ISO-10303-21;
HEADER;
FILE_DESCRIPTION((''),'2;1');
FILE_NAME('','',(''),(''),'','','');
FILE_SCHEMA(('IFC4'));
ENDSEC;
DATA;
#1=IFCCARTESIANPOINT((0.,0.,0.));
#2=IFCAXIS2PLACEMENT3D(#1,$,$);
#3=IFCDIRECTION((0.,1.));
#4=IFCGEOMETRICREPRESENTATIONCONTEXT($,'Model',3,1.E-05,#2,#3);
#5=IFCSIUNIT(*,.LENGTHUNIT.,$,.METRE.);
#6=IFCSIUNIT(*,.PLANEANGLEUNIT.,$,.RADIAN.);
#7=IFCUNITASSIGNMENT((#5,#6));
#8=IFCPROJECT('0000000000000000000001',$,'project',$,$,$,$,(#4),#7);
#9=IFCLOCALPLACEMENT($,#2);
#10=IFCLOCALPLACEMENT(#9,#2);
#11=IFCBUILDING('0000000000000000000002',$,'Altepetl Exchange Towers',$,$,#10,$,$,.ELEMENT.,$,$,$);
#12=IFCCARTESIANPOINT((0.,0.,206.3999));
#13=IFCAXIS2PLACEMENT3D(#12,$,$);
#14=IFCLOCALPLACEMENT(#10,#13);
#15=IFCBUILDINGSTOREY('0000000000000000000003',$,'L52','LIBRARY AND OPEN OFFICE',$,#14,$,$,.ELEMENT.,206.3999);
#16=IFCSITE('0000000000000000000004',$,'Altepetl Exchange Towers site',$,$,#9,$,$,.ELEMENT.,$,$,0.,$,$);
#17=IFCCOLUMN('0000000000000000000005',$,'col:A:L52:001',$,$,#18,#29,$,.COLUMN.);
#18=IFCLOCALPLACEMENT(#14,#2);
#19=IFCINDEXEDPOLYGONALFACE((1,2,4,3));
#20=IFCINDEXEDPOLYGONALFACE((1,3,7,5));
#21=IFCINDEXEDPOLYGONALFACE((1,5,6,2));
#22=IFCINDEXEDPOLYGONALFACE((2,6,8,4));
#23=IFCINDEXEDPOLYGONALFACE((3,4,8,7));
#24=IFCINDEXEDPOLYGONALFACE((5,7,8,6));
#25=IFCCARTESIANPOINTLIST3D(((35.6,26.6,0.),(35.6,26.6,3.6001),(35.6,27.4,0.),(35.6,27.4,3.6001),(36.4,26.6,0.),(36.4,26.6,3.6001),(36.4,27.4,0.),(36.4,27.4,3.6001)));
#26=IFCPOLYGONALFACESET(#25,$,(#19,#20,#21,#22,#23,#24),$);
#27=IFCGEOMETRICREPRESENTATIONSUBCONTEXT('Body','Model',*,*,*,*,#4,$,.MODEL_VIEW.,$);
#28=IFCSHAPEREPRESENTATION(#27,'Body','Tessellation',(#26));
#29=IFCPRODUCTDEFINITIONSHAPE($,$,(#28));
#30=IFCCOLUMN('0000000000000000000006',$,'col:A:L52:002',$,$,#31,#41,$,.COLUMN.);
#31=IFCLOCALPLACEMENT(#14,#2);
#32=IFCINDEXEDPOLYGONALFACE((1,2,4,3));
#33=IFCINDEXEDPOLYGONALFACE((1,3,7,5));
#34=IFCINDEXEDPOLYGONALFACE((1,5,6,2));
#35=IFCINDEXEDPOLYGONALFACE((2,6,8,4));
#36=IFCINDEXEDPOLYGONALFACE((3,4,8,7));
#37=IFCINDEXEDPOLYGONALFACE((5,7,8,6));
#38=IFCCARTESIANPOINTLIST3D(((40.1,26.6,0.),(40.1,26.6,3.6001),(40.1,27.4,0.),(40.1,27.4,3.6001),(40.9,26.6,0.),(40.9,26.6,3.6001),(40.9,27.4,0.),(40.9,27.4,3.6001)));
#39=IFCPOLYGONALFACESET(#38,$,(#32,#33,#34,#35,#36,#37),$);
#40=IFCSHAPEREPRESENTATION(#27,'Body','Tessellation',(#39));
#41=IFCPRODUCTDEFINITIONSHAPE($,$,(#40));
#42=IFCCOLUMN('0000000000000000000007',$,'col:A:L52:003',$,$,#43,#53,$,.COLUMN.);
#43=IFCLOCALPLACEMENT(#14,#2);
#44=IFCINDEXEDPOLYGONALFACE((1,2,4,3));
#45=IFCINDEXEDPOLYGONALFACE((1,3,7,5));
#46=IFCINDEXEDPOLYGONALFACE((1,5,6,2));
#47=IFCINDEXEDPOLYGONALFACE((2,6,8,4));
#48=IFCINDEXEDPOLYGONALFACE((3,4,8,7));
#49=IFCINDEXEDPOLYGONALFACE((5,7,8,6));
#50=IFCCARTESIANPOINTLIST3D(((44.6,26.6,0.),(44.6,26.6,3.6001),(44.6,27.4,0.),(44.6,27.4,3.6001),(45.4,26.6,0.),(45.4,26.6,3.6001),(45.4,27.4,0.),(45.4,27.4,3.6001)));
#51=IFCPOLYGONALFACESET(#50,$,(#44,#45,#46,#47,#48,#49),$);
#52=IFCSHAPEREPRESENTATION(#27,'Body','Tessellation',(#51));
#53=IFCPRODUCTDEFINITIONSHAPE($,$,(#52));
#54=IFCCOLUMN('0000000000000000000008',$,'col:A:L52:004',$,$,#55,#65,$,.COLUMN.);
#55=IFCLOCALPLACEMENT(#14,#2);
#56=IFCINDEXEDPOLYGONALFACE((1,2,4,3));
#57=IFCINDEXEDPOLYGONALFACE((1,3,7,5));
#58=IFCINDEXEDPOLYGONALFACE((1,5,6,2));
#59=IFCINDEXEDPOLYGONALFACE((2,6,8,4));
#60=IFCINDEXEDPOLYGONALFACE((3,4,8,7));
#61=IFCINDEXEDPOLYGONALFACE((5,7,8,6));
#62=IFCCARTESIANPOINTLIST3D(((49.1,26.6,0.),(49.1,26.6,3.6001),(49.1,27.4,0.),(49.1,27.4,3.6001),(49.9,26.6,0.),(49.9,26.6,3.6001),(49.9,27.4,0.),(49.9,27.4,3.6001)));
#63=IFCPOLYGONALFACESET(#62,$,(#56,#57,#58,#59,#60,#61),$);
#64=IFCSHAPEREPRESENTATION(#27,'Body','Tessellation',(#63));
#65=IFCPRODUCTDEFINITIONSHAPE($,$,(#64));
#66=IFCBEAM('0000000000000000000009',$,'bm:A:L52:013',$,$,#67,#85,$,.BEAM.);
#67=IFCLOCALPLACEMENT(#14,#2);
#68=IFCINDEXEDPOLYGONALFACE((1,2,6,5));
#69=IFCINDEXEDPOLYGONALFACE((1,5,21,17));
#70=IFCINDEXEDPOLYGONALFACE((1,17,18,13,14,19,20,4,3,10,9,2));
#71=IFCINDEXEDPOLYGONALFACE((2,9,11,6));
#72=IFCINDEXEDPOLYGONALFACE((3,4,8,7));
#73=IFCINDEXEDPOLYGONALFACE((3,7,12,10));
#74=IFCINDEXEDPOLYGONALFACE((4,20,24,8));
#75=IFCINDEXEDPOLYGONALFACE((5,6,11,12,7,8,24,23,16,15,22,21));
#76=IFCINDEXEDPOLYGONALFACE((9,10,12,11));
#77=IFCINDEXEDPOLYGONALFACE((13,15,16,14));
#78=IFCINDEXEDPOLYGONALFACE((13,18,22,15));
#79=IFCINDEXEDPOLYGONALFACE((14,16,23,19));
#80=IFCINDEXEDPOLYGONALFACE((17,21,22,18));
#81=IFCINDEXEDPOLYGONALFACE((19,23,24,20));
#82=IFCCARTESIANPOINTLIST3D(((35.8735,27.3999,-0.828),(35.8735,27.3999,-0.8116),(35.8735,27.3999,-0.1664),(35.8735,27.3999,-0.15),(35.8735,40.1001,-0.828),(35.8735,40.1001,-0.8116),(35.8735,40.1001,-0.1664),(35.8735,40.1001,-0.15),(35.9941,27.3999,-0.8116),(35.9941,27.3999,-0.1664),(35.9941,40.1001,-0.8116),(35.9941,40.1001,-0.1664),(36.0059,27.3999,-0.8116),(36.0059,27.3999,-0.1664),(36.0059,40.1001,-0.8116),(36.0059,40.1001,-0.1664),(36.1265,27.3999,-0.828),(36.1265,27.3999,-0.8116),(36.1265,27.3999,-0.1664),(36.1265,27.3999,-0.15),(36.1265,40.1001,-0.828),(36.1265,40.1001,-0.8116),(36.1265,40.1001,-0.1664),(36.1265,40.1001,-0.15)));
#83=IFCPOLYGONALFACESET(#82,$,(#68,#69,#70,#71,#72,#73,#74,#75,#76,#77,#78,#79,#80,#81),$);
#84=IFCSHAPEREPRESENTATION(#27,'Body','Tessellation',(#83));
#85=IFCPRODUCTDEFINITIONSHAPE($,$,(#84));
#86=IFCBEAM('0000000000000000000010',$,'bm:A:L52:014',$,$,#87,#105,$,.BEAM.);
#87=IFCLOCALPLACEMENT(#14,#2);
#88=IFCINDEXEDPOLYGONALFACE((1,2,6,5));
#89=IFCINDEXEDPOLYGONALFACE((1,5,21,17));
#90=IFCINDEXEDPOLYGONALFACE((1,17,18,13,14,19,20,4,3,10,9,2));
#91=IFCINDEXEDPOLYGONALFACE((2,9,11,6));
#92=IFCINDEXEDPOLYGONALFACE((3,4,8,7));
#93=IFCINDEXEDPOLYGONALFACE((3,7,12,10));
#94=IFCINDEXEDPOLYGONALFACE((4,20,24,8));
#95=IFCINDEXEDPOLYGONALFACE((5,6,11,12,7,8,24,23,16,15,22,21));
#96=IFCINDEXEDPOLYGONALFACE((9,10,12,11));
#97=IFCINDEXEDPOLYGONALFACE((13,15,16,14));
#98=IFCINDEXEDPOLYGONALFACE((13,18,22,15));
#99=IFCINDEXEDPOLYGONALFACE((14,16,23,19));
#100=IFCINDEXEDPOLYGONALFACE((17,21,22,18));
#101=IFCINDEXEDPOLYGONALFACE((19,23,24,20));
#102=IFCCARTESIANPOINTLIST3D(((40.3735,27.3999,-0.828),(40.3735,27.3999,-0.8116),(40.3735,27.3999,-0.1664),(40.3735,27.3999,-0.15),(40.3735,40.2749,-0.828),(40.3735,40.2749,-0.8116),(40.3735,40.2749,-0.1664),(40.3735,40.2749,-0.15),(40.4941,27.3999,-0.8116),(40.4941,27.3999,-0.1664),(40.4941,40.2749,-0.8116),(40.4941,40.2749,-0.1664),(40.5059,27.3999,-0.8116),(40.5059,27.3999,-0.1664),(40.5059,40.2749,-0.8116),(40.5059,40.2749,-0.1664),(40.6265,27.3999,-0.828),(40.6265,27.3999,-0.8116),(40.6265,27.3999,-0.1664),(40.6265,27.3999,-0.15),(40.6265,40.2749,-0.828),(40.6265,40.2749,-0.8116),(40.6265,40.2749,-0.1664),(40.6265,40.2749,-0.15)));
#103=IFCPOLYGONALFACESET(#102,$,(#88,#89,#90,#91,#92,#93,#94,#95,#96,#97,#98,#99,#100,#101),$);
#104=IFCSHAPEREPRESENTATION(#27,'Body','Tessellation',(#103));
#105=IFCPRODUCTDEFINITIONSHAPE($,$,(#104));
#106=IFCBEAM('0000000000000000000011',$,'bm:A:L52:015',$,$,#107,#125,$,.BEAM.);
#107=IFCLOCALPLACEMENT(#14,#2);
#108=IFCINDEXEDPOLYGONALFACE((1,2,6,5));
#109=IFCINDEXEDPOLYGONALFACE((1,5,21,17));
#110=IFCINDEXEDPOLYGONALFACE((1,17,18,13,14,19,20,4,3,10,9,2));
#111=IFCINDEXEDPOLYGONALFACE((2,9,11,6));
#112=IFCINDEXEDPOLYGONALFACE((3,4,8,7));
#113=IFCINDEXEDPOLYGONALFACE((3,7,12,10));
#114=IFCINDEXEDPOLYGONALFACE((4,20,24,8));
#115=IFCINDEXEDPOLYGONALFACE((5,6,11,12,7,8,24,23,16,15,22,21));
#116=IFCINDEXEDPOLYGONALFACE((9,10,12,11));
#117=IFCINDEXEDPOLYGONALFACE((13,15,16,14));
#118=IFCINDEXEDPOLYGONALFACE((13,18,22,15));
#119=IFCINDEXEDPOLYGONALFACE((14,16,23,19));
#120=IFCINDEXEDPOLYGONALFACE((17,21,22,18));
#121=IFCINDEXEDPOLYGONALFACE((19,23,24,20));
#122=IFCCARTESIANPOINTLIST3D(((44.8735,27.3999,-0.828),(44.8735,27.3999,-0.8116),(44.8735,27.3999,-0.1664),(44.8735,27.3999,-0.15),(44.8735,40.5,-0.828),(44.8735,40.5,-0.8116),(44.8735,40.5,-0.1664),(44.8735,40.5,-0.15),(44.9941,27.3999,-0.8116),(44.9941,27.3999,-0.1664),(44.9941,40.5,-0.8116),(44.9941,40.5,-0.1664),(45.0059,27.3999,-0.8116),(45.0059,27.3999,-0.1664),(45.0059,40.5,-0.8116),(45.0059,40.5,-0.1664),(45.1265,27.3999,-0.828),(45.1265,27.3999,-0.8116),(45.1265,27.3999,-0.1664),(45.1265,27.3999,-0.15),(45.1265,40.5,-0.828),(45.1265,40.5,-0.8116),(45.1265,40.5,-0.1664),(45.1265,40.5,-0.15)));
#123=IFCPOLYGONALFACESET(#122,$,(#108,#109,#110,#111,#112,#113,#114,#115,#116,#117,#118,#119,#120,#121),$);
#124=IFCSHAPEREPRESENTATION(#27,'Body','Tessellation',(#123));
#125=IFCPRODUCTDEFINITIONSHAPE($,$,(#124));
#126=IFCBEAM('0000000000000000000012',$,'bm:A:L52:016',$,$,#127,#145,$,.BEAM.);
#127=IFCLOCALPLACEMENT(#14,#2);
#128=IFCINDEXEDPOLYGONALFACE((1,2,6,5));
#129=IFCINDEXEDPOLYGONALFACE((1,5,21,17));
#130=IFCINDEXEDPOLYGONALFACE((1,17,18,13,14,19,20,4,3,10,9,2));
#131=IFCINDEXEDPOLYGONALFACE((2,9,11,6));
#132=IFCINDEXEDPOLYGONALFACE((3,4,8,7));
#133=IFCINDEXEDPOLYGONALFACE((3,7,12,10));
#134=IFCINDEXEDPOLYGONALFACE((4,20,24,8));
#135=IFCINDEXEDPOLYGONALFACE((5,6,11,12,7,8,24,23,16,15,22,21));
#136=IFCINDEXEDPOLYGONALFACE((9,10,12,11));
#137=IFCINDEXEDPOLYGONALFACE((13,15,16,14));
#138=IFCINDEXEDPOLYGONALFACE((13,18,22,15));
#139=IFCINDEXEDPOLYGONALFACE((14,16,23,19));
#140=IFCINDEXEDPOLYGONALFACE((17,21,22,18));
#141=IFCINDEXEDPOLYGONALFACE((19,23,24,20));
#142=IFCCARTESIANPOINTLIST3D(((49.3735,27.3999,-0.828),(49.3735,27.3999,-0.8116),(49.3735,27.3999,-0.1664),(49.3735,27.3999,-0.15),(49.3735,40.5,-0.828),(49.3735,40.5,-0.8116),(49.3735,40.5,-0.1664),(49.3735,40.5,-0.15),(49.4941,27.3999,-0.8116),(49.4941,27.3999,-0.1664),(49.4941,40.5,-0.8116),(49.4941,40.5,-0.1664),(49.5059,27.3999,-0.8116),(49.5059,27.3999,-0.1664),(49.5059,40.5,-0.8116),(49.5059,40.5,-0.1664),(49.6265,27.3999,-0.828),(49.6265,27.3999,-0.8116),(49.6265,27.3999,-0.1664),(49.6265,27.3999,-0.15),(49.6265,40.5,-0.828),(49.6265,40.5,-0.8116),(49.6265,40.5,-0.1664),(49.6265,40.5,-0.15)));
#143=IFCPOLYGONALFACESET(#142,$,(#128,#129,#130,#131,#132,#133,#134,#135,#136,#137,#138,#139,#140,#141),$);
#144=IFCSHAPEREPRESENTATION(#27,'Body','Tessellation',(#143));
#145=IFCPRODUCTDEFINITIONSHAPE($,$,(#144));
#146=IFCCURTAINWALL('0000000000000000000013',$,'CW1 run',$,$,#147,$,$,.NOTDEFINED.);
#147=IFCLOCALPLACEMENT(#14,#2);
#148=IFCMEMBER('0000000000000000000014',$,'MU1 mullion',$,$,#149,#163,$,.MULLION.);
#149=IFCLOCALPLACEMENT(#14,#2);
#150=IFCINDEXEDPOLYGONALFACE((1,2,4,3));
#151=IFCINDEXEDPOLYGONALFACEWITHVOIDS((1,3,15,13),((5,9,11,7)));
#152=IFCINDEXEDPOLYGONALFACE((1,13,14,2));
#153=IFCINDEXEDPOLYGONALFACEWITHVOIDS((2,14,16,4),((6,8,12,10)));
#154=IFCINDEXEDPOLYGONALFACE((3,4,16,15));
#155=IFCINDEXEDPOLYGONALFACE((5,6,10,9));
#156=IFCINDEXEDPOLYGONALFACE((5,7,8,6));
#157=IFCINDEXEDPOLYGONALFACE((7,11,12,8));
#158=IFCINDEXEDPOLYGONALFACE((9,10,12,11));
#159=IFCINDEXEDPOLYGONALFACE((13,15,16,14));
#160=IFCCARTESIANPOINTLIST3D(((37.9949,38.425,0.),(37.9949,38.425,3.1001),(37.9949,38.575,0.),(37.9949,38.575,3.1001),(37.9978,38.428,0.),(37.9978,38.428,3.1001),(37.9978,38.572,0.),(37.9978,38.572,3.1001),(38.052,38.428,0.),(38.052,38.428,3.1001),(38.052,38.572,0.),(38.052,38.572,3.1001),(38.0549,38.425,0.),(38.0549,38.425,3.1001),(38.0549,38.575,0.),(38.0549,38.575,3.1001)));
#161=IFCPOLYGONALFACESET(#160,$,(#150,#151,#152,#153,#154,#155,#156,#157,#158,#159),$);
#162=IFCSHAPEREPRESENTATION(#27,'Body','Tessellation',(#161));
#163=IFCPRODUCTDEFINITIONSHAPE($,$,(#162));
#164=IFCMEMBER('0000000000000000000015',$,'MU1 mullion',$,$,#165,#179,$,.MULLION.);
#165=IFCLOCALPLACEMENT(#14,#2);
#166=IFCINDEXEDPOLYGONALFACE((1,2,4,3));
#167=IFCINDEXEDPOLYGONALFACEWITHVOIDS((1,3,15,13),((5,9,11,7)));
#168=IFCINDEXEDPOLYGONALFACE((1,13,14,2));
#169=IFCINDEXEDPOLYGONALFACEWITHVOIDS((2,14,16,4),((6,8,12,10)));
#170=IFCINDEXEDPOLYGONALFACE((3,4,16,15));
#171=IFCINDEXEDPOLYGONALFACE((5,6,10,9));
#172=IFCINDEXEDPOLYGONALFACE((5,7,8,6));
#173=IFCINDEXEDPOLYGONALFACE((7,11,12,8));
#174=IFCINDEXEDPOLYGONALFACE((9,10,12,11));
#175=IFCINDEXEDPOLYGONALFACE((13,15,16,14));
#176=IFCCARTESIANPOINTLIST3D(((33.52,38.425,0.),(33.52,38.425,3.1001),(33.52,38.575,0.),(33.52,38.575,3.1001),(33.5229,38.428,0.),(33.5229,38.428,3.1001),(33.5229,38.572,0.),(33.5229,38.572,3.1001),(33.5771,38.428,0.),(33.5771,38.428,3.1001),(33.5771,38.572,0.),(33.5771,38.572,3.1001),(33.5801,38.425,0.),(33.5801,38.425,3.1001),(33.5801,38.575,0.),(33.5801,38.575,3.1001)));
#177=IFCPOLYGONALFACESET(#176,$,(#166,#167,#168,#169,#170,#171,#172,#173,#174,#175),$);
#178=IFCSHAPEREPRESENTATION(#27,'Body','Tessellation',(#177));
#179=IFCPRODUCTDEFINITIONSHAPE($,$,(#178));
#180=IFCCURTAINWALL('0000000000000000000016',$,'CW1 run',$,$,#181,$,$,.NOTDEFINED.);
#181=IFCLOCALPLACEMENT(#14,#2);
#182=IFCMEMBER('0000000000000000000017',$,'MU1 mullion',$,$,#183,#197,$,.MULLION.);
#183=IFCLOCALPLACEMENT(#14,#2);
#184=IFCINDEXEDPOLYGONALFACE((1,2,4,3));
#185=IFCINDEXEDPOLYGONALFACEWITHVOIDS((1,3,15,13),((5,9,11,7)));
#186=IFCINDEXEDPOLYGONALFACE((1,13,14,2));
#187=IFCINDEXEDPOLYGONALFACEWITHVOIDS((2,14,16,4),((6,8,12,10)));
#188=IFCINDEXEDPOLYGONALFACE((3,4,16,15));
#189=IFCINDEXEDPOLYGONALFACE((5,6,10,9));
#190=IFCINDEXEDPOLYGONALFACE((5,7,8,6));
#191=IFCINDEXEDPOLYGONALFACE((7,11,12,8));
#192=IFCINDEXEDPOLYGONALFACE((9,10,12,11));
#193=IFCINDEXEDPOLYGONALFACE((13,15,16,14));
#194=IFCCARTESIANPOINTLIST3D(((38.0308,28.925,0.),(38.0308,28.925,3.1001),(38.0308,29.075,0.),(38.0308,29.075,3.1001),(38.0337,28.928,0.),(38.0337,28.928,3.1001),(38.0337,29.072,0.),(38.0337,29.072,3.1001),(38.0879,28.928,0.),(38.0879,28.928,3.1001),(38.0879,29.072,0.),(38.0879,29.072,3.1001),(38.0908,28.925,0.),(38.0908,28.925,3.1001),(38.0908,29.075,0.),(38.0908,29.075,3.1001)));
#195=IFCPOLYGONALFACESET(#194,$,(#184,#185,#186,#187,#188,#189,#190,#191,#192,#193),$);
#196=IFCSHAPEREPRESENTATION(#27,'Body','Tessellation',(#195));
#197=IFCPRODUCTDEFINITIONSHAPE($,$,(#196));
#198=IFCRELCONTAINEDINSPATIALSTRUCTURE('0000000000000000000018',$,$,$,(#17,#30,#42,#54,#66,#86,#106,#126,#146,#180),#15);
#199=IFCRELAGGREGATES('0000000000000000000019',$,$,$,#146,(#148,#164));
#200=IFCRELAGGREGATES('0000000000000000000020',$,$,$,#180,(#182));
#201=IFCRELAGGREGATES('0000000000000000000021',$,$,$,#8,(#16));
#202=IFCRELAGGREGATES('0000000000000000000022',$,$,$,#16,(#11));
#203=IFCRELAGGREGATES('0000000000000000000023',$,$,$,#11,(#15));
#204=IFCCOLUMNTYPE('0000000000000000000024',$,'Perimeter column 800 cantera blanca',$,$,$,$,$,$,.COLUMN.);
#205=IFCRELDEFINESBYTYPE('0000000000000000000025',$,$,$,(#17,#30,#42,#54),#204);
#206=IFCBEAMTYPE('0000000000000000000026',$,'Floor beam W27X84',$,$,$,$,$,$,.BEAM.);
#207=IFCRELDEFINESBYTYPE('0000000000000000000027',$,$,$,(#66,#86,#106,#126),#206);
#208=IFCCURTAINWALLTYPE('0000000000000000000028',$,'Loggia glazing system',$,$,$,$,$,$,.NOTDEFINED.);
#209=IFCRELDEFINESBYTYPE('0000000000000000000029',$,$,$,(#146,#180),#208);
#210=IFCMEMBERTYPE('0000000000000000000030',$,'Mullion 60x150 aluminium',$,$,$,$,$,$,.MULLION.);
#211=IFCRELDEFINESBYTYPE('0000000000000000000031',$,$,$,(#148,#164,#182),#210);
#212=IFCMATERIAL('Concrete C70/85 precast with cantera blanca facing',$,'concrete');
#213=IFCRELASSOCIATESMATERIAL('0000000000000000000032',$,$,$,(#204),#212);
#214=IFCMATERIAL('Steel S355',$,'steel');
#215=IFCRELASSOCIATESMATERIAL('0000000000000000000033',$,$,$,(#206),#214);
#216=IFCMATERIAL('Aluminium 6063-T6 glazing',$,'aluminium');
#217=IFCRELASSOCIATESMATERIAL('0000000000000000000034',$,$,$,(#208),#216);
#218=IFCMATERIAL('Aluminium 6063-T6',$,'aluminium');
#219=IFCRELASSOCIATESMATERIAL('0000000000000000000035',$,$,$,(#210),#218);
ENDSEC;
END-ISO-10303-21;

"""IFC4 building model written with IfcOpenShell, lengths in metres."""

from ifc_helpers import new_model, si_unit, direction, frame, origin, origin_2d, place, context, subcontext, project, spatial, rectangle, hollow_rectangle, i_section, extrude, material, material_profile, profile_set, type_object, element, aggregate, save


model = new_model("IFC4")

# Units and contexts
model_context = context("Model", 3, precision=1e-05, world=origin(), true_north=direction((0.0, 1.0)))
body_context = subcontext(model_context, "Body", "Model", "MODEL_VIEW")
ifc_project = project(units=[si_unit("LENGTHUNIT", "METRE"), si_unit("PLANEANGLEUNIT", "RADIAN")], contexts=[model_context])

# Site, building, storey
site_placement = place(None, origin())
site = spatial("IfcSite", under=ifc_project, at=site_placement, Name="Altepetl Exchange Towers site", CompositionType="ELEMENT", RefElevation=0.0)
building_placement = place(site_placement, origin())
building = spatial("IfcBuilding", under=site, at=building_placement, Name="Altepetl Exchange Towers", CompositionType="ELEMENT")
storey_placement = place(building_placement, frame((0.0, 0.0, 206.3999)))
storey = spatial("IfcBuildingStorey", under=building, at=storey_placement, Name="L52", Description="LIBRARY AND OPEN OFFICE", CompositionType="ELEMENT", Elevation=206.3999)

# Columns
ifc_material_1 = material(Name="Concrete C70/85 precast with cantera blanca facing", Category="concrete")
ifc_material_profile_1 = material_profile(ifc_material_1, rectangle(XDim=0.8, YDim=0.8, at=origin_2d()), Name="800 x 800")
ifc_profile_set_1 = profile_set([ifc_material_profile_1], Name="Concrete C70/85 precast with cantera blanca facing")
column_type = type_object("IfcColumnType", Name="Perimeter column 800 cantera blanca", PredefinedType="COLUMN", material=ifc_profile_set_1)
for number, where, name in (
    (1, (36.0, 27.0, 0.0), "col:A:L52:001"),
    (2, (40.5, 27.0, 0.0), "col:A:L52:002"),
    (3, (45.0, 27.0, 0.0), "col:A:L52:003"),
    (4, (49.5, 27.0, 0.0), "col:A:L52:004"),
):
    element("IfcColumn", number, at=place(storey_placement, frame(where)), inside=storey, type_object=column_type, Name=name, PredefinedType="COLUMN", context=body_context, shape_type="SweptSolid", body=[
        extrude(rectangle(XDim=0.8, YDim=0.8, at=origin_2d()), origin(), (0.0, 0.0, 1.0), 3.6001),
    ])

# Beams
ifc_material_2 = material(Name="Steel S355", Category="steel")
ifc_material_profile_2 = material_profile(ifc_material_2, i_section(OverallWidth=0.2529, OverallDepth=0.678, WebThickness=0.0117, FlangeThickness=0.0164, at=origin_2d()), Name="W27X84")
ifc_profile_set_2 = profile_set([ifc_material_profile_2], Name="Steel S355")
beam_type_1 = type_object("IfcBeamType", Name="Floor beam W27X84", PredefinedType="BEAM", material=ifc_profile_set_2)
beam_1_placement = place(storey_placement, frame((36.0, 27.3999, -0.489), z_axis=(0.0, 1.0, 0.0), x_axis=(-1.0, 0.0, 0.0)))
element("IfcBeam", 5, at=beam_1_placement, inside=storey, type_object=beam_type_1, Name="bm:A:L52:013", PredefinedType="BEAM", context=body_context, shape_type="SweptSolid", body=[
    extrude(i_section(OverallWidth=0.2529, OverallDepth=0.678, WebThickness=0.0117, FlangeThickness=0.0164, at=origin_2d()), origin(), (0.0, 0.0, 1.0), 12.7002),
])
beam_2_placement = place(storey_placement, frame((40.5, 27.3999, -0.489), z_axis=(0.0, 1.0, 0.0), x_axis=(-1.0, 0.0, 0.0)))
element("IfcBeam", 6, at=beam_2_placement, inside=storey, type_object=beam_type_1, Name="bm:A:L52:014", PredefinedType="BEAM", context=body_context, shape_type="SweptSolid", body=[
    extrude(i_section(OverallWidth=0.2529, OverallDepth=0.678, WebThickness=0.0117, FlangeThickness=0.0164, at=origin_2d()), origin(), (0.0, 0.0, 1.0), 12.875),
])
for number, where, z_axis, x_axis, name in (
    (7, (45.0, 27.3999, -0.489), (0.0, 1.0, 0.0), (-1.0, 0.0, 0.0), "bm:A:L52:015"),
    (8, (49.5, 27.3999, -0.489), (0.0, 1.0, 0.0), (-1.0, 0.0, 0.0), "bm:A:L52:016"),
):
    element("IfcBeam", number, at=place(storey_placement, frame(where, z_axis=z_axis, x_axis=x_axis)), inside=storey, type_object=beam_type_1, Name=name, PredefinedType="BEAM", context=body_context, shape_type="SweptSolid", body=[
        extrude(i_section(OverallWidth=0.2529, OverallDepth=0.678, WebThickness=0.0117, FlangeThickness=0.0164, at=origin_2d()), origin(), (0.0, 0.0, 1.0), 13.1001),
    ])

# Curtain walls, members
ifc_material_3 = material(Name="Aluminium 6063-T6 glazing", Category="aluminium")
curtain_wall_type = type_object("IfcCurtainWallType", Name="Loggia glazing system", PredefinedType="NOTDEFINED", material=ifc_material_3)
curtain_wall_1_placement = place(storey_placement, origin())
curtain_wall_1 = element("IfcCurtainWall", 9, at=curtain_wall_1_placement, inside=storey, type_object=curtain_wall_type, Name="CW1 run", PredefinedType="NOTDEFINED")
ifc_material_4 = material(Name="Aluminium 6063-T6", Category="aluminium")
ifc_material_profile_3 = material_profile(ifc_material_4, hollow_rectangle(XDim=0.0601, YDim=0.1499, WallThickness=0.0029, at=origin_2d()), Name="Mullion 60x150 aluminium")
ifc_profile_set_3 = profile_set([ifc_material_profile_3], Name="Aluminium 6063-T6")
member_type = type_object("IfcMemberType", Name="Mullion 60x150 aluminium", PredefinedType="MULLION", material=ifc_profile_set_3)
member_1_placement = place(storey_placement, frame((38.0249, 38.5, 0.0), z_axis=(0.0, 0.0, 1.0), x_axis=(-1.0, 0.0, 0.0)))
member_1 = element("IfcMember", 10, at=member_1_placement, type_object=member_type, Name="MU1 mullion", PredefinedType="MULLION", context=body_context, shape_type="SweptSolid", body=[
    extrude(hollow_rectangle(XDim=0.0601, YDim=0.1499, WallThickness=0.0029, at=origin_2d()), origin(), (0.0, 0.0, 1.0), 3.1001),
])
member_2_placement = place(storey_placement, frame((33.55, 38.5, 0.0), z_axis=(0.0, 0.0, 1.0), x_axis=(-1.0, 0.0, 0.0)))
member_2 = element("IfcMember", 11, at=member_2_placement, type_object=member_type, Name="MU1 mullion", PredefinedType="MULLION", context=body_context, shape_type="SweptSolid", body=[
    extrude(hollow_rectangle(XDim=0.0601, YDim=0.1499, WallThickness=0.0029, at=origin_2d()), origin(), (0.0, 0.0, 1.0), 3.1001),
])
curtain_wall_2_placement = place(storey_placement, origin())
curtain_wall_2 = element("IfcCurtainWall", 12, at=curtain_wall_2_placement, inside=storey, type_object=curtain_wall_type, Name="CW1 run", PredefinedType="NOTDEFINED")
member_3_placement = place(storey_placement, frame((38.0608, 29.0, 0.0)))
member_3 = element("IfcMember", 13, at=member_3_placement, type_object=member_type, Name="MU1 mullion", PredefinedType="MULLION", context=body_context, shape_type="SweptSolid", body=[
    extrude(hollow_rectangle(XDim=0.0601, YDim=0.1499, WallThickness=0.0029, at=origin_2d()), origin(), (0.0, 0.0, 1.0), 3.1001),
])

aggregate(curtain_wall_1, [member_1, member_2])
aggregate(curtain_wall_2, [member_3])

save(model, "model.ifc")
